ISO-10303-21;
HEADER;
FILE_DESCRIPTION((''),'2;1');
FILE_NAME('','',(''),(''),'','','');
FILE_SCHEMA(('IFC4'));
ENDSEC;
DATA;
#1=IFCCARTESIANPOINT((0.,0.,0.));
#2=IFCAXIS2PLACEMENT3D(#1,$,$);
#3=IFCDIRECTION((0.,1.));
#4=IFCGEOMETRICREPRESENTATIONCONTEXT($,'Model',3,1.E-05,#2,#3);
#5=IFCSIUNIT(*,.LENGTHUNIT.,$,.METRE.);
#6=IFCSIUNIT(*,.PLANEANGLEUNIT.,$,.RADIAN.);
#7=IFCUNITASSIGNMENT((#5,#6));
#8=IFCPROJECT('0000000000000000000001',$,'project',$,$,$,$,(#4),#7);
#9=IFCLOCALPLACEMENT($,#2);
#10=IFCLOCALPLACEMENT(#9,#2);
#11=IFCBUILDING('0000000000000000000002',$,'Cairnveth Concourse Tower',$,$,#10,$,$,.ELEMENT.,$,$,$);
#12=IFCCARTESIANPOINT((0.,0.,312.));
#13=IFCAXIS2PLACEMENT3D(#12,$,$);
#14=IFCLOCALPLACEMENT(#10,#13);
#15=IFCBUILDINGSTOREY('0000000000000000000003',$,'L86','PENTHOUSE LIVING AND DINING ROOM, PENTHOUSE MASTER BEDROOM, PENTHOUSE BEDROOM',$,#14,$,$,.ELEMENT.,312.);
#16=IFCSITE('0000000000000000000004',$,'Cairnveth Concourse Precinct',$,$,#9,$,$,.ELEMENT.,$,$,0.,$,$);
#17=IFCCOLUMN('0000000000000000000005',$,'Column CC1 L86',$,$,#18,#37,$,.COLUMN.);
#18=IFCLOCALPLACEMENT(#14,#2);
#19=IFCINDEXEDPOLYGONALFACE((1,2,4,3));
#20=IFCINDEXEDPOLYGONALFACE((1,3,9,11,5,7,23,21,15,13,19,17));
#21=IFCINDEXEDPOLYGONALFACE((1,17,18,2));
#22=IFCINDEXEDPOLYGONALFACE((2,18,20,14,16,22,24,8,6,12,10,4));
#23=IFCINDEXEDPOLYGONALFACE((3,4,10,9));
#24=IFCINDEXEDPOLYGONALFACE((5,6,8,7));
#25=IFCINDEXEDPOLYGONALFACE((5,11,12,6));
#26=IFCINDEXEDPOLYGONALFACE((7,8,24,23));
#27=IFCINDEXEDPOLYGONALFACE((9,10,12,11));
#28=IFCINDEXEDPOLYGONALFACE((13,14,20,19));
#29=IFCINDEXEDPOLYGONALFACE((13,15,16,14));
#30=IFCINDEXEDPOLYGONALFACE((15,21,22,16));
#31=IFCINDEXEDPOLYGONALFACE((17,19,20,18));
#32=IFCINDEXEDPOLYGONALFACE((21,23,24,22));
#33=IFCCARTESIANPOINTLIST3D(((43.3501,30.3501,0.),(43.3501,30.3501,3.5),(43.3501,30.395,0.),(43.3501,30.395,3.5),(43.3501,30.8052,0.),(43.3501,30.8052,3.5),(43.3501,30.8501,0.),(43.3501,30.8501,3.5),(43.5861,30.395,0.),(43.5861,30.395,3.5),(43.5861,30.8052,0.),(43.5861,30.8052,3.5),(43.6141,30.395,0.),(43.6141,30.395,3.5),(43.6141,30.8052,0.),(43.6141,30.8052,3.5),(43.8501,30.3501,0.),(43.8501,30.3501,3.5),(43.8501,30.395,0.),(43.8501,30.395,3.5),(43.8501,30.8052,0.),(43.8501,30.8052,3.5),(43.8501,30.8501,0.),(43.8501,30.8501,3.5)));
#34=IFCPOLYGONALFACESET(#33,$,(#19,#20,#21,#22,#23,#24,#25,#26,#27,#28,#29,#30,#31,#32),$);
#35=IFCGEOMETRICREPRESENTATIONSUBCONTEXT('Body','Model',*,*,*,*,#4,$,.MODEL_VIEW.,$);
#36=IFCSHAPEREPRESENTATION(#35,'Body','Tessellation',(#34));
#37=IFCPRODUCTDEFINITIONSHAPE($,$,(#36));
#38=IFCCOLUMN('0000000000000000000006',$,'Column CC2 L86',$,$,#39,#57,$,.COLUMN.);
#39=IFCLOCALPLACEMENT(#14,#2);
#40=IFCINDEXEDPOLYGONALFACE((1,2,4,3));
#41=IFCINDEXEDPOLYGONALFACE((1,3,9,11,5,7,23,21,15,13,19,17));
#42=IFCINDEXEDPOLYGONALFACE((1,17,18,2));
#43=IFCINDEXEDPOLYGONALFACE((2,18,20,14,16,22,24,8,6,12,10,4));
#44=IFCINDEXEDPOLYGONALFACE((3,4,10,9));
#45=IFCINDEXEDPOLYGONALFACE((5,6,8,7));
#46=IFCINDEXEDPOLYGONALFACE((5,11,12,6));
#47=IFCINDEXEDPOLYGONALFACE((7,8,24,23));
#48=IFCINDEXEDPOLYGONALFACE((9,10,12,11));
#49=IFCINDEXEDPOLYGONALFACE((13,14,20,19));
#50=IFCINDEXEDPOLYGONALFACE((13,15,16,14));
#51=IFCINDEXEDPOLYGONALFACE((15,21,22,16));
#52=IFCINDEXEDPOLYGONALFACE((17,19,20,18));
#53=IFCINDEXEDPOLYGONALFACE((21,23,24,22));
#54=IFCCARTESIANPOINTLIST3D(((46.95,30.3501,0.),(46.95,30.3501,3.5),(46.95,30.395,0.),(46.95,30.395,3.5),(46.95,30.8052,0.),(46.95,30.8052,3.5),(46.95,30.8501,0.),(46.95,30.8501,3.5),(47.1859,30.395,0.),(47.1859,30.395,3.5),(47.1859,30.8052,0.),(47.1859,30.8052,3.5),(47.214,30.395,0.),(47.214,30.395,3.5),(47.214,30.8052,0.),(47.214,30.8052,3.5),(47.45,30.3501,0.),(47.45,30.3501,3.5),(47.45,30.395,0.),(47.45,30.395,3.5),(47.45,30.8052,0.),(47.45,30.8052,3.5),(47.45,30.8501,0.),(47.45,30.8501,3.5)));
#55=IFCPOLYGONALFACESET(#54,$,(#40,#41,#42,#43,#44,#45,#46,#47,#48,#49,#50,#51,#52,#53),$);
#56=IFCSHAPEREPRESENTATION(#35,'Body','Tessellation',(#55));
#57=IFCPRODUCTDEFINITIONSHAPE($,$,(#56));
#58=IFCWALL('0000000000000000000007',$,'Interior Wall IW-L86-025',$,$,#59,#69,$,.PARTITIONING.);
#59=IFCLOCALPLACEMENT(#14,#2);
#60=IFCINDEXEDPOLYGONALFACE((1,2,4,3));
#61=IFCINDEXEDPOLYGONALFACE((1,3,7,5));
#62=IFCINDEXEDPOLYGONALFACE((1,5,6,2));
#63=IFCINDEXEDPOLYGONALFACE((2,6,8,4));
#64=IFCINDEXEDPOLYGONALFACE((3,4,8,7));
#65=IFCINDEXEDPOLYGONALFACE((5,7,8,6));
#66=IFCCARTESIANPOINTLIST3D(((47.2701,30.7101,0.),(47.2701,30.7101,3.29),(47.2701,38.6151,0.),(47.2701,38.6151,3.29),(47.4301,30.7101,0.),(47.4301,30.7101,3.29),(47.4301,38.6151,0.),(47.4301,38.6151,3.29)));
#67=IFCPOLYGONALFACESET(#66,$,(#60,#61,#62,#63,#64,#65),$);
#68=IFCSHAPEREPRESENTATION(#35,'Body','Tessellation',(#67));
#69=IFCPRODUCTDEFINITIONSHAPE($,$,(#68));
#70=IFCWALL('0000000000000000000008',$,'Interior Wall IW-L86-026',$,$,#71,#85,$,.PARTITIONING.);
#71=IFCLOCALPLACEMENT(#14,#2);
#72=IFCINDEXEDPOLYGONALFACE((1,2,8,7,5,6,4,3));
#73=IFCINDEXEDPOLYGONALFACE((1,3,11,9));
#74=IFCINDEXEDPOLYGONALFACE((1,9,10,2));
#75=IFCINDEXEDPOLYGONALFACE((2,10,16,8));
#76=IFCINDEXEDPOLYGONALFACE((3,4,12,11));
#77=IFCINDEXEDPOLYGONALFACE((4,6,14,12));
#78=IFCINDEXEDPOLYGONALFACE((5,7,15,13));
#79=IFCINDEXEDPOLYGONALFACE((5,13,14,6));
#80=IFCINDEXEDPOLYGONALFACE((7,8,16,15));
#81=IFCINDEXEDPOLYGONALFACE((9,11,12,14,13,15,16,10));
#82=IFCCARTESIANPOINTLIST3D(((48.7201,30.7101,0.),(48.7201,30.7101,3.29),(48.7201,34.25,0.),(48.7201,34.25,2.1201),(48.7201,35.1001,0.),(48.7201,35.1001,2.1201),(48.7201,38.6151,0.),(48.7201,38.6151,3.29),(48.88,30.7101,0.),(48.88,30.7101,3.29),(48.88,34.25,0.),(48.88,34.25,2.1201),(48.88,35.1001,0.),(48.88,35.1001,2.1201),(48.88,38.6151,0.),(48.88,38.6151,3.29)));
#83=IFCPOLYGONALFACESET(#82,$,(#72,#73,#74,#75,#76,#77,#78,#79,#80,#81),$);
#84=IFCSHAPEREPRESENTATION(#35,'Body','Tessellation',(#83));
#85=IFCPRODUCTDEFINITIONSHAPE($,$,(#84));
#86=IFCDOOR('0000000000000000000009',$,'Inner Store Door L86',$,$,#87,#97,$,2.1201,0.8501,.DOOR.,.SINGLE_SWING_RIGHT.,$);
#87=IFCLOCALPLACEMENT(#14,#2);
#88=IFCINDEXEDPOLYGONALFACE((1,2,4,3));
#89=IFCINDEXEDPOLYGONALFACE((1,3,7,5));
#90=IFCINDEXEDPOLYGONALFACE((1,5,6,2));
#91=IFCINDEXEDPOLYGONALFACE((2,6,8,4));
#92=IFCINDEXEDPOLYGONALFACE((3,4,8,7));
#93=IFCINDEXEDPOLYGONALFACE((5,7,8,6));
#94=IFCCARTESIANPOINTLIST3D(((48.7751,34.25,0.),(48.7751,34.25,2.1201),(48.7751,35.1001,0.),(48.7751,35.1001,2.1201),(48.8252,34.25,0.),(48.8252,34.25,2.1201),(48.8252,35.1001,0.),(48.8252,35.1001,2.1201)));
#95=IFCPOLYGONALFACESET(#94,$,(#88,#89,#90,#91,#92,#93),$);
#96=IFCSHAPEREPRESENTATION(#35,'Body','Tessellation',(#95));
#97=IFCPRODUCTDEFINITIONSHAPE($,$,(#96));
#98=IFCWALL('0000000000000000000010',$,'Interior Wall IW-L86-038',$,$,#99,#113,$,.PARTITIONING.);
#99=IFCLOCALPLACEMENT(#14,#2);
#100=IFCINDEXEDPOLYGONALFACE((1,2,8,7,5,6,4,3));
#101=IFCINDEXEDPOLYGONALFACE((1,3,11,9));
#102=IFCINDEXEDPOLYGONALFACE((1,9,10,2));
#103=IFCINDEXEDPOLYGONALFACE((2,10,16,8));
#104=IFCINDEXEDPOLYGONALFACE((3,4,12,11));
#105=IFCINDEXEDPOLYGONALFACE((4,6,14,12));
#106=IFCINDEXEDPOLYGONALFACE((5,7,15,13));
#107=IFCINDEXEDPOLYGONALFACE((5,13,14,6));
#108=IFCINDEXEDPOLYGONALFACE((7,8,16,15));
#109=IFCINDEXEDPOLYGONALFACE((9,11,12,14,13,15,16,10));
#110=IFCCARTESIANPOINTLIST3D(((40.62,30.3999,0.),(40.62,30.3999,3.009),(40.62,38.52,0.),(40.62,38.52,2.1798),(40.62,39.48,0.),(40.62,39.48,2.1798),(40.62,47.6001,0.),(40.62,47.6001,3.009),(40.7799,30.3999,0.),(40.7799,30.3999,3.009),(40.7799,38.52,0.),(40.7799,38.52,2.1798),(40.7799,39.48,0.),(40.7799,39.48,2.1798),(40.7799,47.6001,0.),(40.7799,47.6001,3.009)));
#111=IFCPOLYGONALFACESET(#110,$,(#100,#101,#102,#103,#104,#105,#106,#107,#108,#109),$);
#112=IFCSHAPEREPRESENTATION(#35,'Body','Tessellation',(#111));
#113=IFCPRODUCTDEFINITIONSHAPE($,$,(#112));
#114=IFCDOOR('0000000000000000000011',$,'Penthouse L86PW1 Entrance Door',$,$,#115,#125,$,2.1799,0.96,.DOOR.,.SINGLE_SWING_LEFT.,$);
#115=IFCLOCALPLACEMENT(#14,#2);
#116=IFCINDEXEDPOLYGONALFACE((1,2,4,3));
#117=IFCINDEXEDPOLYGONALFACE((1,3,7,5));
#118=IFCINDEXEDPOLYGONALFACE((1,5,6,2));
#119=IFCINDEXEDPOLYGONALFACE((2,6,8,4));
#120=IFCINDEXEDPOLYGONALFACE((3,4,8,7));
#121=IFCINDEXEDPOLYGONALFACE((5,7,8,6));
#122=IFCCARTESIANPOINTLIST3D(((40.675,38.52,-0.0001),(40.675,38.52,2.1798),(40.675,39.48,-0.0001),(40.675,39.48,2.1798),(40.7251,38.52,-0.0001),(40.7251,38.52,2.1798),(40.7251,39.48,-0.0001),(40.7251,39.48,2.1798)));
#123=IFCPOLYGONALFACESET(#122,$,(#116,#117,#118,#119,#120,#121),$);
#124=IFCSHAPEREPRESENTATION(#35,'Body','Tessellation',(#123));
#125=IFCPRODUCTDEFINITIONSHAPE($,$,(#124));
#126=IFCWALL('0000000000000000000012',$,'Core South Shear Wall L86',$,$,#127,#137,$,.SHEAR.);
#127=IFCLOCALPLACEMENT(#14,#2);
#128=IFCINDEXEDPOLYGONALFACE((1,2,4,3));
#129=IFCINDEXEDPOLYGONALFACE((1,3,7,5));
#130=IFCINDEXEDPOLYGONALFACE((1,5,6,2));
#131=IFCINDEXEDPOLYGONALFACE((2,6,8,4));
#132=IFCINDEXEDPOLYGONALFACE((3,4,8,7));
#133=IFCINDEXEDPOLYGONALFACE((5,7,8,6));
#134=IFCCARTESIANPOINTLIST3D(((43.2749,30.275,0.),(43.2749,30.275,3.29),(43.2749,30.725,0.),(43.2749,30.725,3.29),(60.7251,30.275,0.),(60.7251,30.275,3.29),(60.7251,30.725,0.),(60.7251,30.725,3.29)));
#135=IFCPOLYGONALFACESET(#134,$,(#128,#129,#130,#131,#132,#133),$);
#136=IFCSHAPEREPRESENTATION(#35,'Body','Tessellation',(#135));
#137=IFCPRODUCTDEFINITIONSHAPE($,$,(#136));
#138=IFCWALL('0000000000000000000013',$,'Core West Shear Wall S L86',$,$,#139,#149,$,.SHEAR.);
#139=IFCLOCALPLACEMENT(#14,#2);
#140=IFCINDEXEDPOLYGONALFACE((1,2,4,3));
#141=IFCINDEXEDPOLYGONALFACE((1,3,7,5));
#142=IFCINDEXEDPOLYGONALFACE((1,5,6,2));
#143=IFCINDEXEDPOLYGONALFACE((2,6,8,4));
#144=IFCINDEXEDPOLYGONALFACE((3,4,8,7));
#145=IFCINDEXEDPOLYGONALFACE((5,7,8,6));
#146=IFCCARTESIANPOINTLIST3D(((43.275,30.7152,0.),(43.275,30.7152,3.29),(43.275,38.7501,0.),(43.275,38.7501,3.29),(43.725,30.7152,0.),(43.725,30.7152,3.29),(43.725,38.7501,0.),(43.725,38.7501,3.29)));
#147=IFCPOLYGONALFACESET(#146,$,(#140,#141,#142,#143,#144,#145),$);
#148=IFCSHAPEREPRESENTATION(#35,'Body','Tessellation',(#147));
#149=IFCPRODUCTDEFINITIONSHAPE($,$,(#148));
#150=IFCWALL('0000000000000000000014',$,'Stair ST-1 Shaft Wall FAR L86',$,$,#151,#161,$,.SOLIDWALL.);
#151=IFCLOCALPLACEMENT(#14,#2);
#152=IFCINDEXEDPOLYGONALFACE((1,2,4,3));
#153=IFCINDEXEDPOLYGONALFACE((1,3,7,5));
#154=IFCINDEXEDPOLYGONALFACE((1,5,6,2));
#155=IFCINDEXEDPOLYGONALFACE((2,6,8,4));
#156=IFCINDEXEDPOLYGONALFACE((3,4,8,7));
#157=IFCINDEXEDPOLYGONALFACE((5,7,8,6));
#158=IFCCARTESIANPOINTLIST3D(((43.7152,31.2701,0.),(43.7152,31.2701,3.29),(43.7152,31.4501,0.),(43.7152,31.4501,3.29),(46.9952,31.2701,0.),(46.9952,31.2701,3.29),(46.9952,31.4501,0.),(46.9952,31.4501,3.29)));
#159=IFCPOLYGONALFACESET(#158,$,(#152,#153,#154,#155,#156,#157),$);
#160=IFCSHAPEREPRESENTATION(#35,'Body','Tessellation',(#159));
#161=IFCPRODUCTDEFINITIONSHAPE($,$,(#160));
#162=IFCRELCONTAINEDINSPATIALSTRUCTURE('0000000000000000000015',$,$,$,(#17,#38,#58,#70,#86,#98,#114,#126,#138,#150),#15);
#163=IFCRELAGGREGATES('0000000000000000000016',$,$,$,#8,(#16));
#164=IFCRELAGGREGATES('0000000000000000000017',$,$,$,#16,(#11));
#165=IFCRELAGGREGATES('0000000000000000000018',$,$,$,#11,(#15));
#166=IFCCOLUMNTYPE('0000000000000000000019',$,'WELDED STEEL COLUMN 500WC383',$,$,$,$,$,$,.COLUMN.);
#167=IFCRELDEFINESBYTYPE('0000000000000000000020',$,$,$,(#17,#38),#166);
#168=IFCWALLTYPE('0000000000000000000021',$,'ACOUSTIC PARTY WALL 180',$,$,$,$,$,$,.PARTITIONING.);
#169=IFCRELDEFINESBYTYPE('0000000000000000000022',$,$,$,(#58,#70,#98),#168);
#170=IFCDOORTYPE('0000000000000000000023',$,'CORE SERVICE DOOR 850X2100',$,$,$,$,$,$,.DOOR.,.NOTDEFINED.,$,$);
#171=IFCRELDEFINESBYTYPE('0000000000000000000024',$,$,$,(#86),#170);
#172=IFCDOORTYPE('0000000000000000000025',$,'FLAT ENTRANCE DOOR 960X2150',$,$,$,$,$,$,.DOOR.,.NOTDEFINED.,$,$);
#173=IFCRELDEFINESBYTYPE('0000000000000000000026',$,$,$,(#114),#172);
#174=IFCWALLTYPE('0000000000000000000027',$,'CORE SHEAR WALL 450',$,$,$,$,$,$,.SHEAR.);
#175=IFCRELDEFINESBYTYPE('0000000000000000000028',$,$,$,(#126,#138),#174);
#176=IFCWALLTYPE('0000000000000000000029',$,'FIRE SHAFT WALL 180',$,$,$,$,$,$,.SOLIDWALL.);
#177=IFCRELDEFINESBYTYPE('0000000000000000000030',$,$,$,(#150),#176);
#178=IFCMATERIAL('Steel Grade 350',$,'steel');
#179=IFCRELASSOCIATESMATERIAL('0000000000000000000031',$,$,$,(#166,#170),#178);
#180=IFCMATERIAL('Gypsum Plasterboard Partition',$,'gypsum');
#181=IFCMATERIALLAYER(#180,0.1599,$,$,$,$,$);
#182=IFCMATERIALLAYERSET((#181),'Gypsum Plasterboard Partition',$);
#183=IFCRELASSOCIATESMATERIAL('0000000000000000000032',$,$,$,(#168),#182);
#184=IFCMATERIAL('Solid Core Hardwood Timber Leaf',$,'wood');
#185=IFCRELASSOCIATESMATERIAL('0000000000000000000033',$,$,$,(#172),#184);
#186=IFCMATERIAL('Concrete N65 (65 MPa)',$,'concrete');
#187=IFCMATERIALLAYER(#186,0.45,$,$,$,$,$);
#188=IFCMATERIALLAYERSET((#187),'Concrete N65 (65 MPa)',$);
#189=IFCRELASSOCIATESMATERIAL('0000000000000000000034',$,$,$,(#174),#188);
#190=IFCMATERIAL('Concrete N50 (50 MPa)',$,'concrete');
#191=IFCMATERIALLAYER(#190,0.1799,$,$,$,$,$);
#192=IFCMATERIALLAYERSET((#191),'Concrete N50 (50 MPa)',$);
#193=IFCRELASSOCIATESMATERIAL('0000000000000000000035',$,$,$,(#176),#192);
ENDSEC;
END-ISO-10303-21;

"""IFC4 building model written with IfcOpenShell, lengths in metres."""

from ifc_helpers import new_model, si_unit, direction, frame, frame_2d, origin, origin_2d, place, context, subcontext, project, spatial, rectangle, i_section, extrude, material, layer, layer_set, material_profile, profile_set, type_object, element, fill, save


model = new_model("IFC4")

# Units and contexts
model_context = context("Model", 3, precision=1e-05, world=origin(), true_north=direction((0.0, 1.0)))
body_context = subcontext(model_context, "Body", "Model", "MODEL_VIEW")
ifc_project = project(units=[si_unit("LENGTHUNIT", "METRE"), si_unit("PLANEANGLEUNIT", "RADIAN")], contexts=[model_context])

# Site, building, storey
site_placement = place(None, origin())
site = spatial("IfcSite", under=ifc_project, at=site_placement, Name="Cairnveth Concourse Precinct", CompositionType="ELEMENT", RefElevation=0.0)
building_placement = place(site_placement, origin())
building = spatial("IfcBuilding", under=site, at=building_placement, Name="Cairnveth Concourse Tower", CompositionType="ELEMENT")
storey_placement = place(building_placement, frame((0.0, 0.0, 312.0)))
storey = spatial("IfcBuildingStorey", under=building, at=storey_placement, Name="L86", Description="PENTHOUSE LIVING AND DINING ROOM, PENTHOUSE MASTER BEDROOM, PENTHOUSE BEDROOM", CompositionType="ELEMENT", Elevation=312.0)

# Columns
ifc_material_1 = material(Name="Steel Grade 350", Category="steel")
ifc_material_profile = material_profile(ifc_material_1, i_section(OverallWidth=0.5, OverallDepth=0.5, WebThickness=0.0281, FlangeThickness=0.0449, at=origin_2d()), Name="500WC383")
ifc_profile_set = profile_set([ifc_material_profile], Name="Steel Grade 350")
column_type = type_object("IfcColumnType", Name="WELDED STEEL COLUMN 500WC383", PredefinedType="COLUMN", material=ifc_profile_set)
for number, where, z_axis, x_axis, name in (
    (1, (43.6001, 30.6001, 0.0), (0.0, 0.0, 1.0), (1.0, 0.0, 0.0), "Column CC1 L86"),
    (2, (47.2, 30.6001, 0.0), (0.0, 0.0, 1.0), (1.0, 0.0, 0.0), "Column CC2 L86"),
):
    element("IfcColumn", number, at=place(storey_placement, frame(where, z_axis=z_axis, x_axis=x_axis)), inside=storey, type_object=column_type, Name=name, PredefinedType="COLUMN", context=body_context, shape_type="SweptSolid", body=[
        extrude(i_section(OverallWidth=0.5, OverallDepth=0.5, WebThickness=0.0281, FlangeThickness=0.0449, at=origin_2d()), origin(), (0.0, 0.0, 1.0), 3.5),
    ])

# Wall
ifc_material_2 = material(Name="Gypsum Plasterboard Partition", Category="gypsum")
ifc_layer_1 = layer(ifc_material_2, 0.1599)
ifc_layer_set_1 = layer_set([ifc_layer_1], Name="Gypsum Plasterboard Partition")
wall_type_1 = type_object("IfcWallType", Name="ACOUSTIC PARTY WALL 180", PredefinedType="PARTITIONING", material=ifc_layer_set_1)
wall_1_placement = place(storey_placement, frame((47.3501, 30.71, 0.0), z_axis=(0.0, 0.0, 1.0), x_axis=(0.0, 1.0, 0.0)))
element("IfcWall", 3, at=wall_1_placement, inside=storey, type_object=wall_type_1, Name="Interior Wall IW-L86-025", PredefinedType="PARTITIONING", context=body_context, shape_type="SweptSolid", body=[
    extrude(rectangle(XDim=7.905, YDim=0.1599, at=frame_2d((3.9526, 0.0))), origin(), (0.0, 0.0, 1.0), 3.29),
])

# Walls, openings, doors
wall_2_placement = place(storey_placement, frame((48.8, 30.71, 0.0), z_axis=(0.0, 0.0, 1.0), x_axis=(0.0, 1.0, 0.0)))
wall_2 = element("IfcWall", 4, at=wall_2_placement, inside=storey, type_object=wall_type_1, Name="Interior Wall IW-L86-026", PredefinedType="PARTITIONING", context=body_context, shape_type="SweptSolid", body=[
    extrude(rectangle(XDim=7.905, YDim=0.1599, at=frame_2d((3.9526, 0.0))), origin(), (0.0, 0.0, 1.0), 3.29),
])
opening_1_placement = place(wall_2_placement, frame((3.54, 0.0, 0.0)))
opening_1 = element("IfcOpeningElement", 5, at=opening_1_placement, cuts=wall_2, PredefinedType="OPENING", context=body_context, shape_type="SweptSolid", body=[
    extrude(rectangle(XDim=0.8501, YDim=2.1201, at=frame_2d((0.425, 1.0601))), frame((0.0, 0.0898, 0.0), z_axis=(0.0, -1.0, 0.0), x_axis=(1.0, 0.0, 0.0)), (0.0, 0.0, 1.0), 0.1799),
])
door_type_1 = type_object("IfcDoorType", Name="CORE SERVICE DOOR 850X2100", OperationType="NOTDEFINED", PredefinedType="DOOR", material=ifc_material_1)
door_1_placement = place(opening_1_placement, origin())
door_1 = element("IfcDoor", 6, at=door_1_placement, inside=storey, type_object=door_type_1, Name="Inner Store Door L86", OperationType="SINGLE_SWING_RIGHT", OverallHeight=2.1201, OverallWidth=0.8501, PredefinedType="DOOR", context=body_context, shape_type="SweptSolid", body=[
    extrude(rectangle(XDim=0.8501, YDim=2.1201, at=frame_2d((0.425, 1.0601))), frame((0.0, 0.0249, 0.0), z_axis=(0.0, -1.0, 0.0), x_axis=(1.0, 0.0, 0.0)), (0.0, 0.0, 1.0), 0.05),
])
fill(opening_1, door_1)
wall_3_placement = place(storey_placement, frame((40.7, 30.3999, 0.0), z_axis=(0.0, 0.0, 1.0), x_axis=(0.0, 1.0, 0.0)))
wall_3 = element("IfcWall", 7, at=wall_3_placement, inside=storey, type_object=wall_type_1, Name="Interior Wall IW-L86-038", PredefinedType="PARTITIONING", context=body_context, shape_type="SweptSolid", body=[
    extrude(rectangle(XDim=17.2002, YDim=0.1599, at=frame_2d((8.6001, 0.0))), origin(), (0.0, 0.0, 1.0), 3.009),
])
opening_2_placement = place(wall_3_placement, frame((8.1201, 0.0, 0.0)))
opening_2 = element("IfcOpeningElement", 8, at=opening_2_placement, cuts=wall_3, PredefinedType="OPENING", context=body_context, shape_type="SweptSolid", body=[
    extrude(rectangle(XDim=0.96, YDim=2.1799, at=frame_2d((0.48, 1.0898))), frame((0.0, 0.0898, 0.0), z_axis=(0.0, -1.0, 0.0), x_axis=(1.0, 0.0, 0.0)), (0.0, 0.0, 1.0), 0.1799),
])
ifc_material_3 = material(Name="Solid Core Hardwood Timber Leaf", Category="wood")
door_type_2 = type_object("IfcDoorType", Name="FLAT ENTRANCE DOOR 960X2150", OperationType="NOTDEFINED", PredefinedType="DOOR", material=ifc_material_3)
door_2_placement = place(opening_2_placement, origin())
door_2 = element("IfcDoor", 9, at=door_2_placement, inside=storey, type_object=door_type_2, Name="Penthouse L86PW1 Entrance Door", OperationType="SINGLE_SWING_LEFT", OverallHeight=2.1799, OverallWidth=0.96, PredefinedType="DOOR", context=body_context, shape_type="SweptSolid", body=[
    extrude(rectangle(XDim=0.96, YDim=2.1799, at=frame_2d((0.48, 1.0898))), frame((0.0, 0.0249, 0.0), z_axis=(0.0, -1.0, 0.0), x_axis=(1.0, 0.0, 0.0)), (0.0, 0.0, 1.0), 0.05),
])
fill(opening_2, door_2)

# Walls
ifc_material_4 = material(Name="Concrete N65 (65 MPa)", Category="concrete")
ifc_layer_2 = layer(ifc_material_4, 0.45)
ifc_layer_set_2 = layer_set([ifc_layer_2], Name="Concrete N65 (65 MPa)")
wall_type_2 = type_object("IfcWallType", Name="CORE SHEAR WALL 450", PredefinedType="SHEAR", material=ifc_layer_set_2)
wall_4_placement = place(storey_placement, frame((43.2749, 30.5, 0.0), z_axis=(0.0, 0.0, 1.0), x_axis=(1.0, 0.0, 0.0)))
element("IfcWall", 10, at=wall_4_placement, inside=storey, type_object=wall_type_2, Name="Core South Shear Wall L86", PredefinedType="SHEAR", context=body_context, shape_type="SweptSolid", body=[
    extrude(rectangle(XDim=17.4502, YDim=0.45, at=frame_2d((8.7251, 0.0))), origin(), (0.0, 0.0, 1.0), 3.29),
])
wall_5_placement = place(storey_placement, frame((43.5, 30.7151, 0.0), z_axis=(0.0, 0.0, 1.0), x_axis=(0.0, 1.0, 0.0)))
element("IfcWall", 11, at=wall_5_placement, inside=storey, type_object=wall_type_2, Name="Core West Shear Wall S L86", PredefinedType="SHEAR", context=body_context, shape_type="SweptSolid", body=[
    extrude(rectangle(XDim=8.0349, YDim=0.45, at=frame_2d((4.0176, 0.0))), origin(), (0.0, 0.0, 1.0), 3.29),
])
ifc_material_5 = material(Name="Concrete N50 (50 MPa)", Category="concrete")
ifc_layer_3 = layer(ifc_material_5, 0.1799)
ifc_layer_set_3 = layer_set([ifc_layer_3], Name="Concrete N50 (50 MPa)")
wall_type_3 = type_object("IfcWallType", Name="FIRE SHAFT WALL 180", PredefinedType="SOLIDWALL", material=ifc_layer_set_3)
wall_6_placement = place(storey_placement, frame((43.7151, 31.3601, 0.0), z_axis=(0.0, 0.0, 1.0), x_axis=(1.0, 0.0, 0.0)))
element("IfcWall", 12, at=wall_6_placement, inside=storey, type_object=wall_type_3, Name="Stair ST-1 Shaft Wall FAR L86", PredefinedType="SOLIDWALL", context=body_context, shape_type="SweptSolid", body=[
    extrude(rectangle(XDim=3.28, YDim=0.1799, at=frame_2d((1.6401, 0.0))), origin(), (0.0, 0.0, 1.0), 3.29),
])

save(model, "model.ifc")
